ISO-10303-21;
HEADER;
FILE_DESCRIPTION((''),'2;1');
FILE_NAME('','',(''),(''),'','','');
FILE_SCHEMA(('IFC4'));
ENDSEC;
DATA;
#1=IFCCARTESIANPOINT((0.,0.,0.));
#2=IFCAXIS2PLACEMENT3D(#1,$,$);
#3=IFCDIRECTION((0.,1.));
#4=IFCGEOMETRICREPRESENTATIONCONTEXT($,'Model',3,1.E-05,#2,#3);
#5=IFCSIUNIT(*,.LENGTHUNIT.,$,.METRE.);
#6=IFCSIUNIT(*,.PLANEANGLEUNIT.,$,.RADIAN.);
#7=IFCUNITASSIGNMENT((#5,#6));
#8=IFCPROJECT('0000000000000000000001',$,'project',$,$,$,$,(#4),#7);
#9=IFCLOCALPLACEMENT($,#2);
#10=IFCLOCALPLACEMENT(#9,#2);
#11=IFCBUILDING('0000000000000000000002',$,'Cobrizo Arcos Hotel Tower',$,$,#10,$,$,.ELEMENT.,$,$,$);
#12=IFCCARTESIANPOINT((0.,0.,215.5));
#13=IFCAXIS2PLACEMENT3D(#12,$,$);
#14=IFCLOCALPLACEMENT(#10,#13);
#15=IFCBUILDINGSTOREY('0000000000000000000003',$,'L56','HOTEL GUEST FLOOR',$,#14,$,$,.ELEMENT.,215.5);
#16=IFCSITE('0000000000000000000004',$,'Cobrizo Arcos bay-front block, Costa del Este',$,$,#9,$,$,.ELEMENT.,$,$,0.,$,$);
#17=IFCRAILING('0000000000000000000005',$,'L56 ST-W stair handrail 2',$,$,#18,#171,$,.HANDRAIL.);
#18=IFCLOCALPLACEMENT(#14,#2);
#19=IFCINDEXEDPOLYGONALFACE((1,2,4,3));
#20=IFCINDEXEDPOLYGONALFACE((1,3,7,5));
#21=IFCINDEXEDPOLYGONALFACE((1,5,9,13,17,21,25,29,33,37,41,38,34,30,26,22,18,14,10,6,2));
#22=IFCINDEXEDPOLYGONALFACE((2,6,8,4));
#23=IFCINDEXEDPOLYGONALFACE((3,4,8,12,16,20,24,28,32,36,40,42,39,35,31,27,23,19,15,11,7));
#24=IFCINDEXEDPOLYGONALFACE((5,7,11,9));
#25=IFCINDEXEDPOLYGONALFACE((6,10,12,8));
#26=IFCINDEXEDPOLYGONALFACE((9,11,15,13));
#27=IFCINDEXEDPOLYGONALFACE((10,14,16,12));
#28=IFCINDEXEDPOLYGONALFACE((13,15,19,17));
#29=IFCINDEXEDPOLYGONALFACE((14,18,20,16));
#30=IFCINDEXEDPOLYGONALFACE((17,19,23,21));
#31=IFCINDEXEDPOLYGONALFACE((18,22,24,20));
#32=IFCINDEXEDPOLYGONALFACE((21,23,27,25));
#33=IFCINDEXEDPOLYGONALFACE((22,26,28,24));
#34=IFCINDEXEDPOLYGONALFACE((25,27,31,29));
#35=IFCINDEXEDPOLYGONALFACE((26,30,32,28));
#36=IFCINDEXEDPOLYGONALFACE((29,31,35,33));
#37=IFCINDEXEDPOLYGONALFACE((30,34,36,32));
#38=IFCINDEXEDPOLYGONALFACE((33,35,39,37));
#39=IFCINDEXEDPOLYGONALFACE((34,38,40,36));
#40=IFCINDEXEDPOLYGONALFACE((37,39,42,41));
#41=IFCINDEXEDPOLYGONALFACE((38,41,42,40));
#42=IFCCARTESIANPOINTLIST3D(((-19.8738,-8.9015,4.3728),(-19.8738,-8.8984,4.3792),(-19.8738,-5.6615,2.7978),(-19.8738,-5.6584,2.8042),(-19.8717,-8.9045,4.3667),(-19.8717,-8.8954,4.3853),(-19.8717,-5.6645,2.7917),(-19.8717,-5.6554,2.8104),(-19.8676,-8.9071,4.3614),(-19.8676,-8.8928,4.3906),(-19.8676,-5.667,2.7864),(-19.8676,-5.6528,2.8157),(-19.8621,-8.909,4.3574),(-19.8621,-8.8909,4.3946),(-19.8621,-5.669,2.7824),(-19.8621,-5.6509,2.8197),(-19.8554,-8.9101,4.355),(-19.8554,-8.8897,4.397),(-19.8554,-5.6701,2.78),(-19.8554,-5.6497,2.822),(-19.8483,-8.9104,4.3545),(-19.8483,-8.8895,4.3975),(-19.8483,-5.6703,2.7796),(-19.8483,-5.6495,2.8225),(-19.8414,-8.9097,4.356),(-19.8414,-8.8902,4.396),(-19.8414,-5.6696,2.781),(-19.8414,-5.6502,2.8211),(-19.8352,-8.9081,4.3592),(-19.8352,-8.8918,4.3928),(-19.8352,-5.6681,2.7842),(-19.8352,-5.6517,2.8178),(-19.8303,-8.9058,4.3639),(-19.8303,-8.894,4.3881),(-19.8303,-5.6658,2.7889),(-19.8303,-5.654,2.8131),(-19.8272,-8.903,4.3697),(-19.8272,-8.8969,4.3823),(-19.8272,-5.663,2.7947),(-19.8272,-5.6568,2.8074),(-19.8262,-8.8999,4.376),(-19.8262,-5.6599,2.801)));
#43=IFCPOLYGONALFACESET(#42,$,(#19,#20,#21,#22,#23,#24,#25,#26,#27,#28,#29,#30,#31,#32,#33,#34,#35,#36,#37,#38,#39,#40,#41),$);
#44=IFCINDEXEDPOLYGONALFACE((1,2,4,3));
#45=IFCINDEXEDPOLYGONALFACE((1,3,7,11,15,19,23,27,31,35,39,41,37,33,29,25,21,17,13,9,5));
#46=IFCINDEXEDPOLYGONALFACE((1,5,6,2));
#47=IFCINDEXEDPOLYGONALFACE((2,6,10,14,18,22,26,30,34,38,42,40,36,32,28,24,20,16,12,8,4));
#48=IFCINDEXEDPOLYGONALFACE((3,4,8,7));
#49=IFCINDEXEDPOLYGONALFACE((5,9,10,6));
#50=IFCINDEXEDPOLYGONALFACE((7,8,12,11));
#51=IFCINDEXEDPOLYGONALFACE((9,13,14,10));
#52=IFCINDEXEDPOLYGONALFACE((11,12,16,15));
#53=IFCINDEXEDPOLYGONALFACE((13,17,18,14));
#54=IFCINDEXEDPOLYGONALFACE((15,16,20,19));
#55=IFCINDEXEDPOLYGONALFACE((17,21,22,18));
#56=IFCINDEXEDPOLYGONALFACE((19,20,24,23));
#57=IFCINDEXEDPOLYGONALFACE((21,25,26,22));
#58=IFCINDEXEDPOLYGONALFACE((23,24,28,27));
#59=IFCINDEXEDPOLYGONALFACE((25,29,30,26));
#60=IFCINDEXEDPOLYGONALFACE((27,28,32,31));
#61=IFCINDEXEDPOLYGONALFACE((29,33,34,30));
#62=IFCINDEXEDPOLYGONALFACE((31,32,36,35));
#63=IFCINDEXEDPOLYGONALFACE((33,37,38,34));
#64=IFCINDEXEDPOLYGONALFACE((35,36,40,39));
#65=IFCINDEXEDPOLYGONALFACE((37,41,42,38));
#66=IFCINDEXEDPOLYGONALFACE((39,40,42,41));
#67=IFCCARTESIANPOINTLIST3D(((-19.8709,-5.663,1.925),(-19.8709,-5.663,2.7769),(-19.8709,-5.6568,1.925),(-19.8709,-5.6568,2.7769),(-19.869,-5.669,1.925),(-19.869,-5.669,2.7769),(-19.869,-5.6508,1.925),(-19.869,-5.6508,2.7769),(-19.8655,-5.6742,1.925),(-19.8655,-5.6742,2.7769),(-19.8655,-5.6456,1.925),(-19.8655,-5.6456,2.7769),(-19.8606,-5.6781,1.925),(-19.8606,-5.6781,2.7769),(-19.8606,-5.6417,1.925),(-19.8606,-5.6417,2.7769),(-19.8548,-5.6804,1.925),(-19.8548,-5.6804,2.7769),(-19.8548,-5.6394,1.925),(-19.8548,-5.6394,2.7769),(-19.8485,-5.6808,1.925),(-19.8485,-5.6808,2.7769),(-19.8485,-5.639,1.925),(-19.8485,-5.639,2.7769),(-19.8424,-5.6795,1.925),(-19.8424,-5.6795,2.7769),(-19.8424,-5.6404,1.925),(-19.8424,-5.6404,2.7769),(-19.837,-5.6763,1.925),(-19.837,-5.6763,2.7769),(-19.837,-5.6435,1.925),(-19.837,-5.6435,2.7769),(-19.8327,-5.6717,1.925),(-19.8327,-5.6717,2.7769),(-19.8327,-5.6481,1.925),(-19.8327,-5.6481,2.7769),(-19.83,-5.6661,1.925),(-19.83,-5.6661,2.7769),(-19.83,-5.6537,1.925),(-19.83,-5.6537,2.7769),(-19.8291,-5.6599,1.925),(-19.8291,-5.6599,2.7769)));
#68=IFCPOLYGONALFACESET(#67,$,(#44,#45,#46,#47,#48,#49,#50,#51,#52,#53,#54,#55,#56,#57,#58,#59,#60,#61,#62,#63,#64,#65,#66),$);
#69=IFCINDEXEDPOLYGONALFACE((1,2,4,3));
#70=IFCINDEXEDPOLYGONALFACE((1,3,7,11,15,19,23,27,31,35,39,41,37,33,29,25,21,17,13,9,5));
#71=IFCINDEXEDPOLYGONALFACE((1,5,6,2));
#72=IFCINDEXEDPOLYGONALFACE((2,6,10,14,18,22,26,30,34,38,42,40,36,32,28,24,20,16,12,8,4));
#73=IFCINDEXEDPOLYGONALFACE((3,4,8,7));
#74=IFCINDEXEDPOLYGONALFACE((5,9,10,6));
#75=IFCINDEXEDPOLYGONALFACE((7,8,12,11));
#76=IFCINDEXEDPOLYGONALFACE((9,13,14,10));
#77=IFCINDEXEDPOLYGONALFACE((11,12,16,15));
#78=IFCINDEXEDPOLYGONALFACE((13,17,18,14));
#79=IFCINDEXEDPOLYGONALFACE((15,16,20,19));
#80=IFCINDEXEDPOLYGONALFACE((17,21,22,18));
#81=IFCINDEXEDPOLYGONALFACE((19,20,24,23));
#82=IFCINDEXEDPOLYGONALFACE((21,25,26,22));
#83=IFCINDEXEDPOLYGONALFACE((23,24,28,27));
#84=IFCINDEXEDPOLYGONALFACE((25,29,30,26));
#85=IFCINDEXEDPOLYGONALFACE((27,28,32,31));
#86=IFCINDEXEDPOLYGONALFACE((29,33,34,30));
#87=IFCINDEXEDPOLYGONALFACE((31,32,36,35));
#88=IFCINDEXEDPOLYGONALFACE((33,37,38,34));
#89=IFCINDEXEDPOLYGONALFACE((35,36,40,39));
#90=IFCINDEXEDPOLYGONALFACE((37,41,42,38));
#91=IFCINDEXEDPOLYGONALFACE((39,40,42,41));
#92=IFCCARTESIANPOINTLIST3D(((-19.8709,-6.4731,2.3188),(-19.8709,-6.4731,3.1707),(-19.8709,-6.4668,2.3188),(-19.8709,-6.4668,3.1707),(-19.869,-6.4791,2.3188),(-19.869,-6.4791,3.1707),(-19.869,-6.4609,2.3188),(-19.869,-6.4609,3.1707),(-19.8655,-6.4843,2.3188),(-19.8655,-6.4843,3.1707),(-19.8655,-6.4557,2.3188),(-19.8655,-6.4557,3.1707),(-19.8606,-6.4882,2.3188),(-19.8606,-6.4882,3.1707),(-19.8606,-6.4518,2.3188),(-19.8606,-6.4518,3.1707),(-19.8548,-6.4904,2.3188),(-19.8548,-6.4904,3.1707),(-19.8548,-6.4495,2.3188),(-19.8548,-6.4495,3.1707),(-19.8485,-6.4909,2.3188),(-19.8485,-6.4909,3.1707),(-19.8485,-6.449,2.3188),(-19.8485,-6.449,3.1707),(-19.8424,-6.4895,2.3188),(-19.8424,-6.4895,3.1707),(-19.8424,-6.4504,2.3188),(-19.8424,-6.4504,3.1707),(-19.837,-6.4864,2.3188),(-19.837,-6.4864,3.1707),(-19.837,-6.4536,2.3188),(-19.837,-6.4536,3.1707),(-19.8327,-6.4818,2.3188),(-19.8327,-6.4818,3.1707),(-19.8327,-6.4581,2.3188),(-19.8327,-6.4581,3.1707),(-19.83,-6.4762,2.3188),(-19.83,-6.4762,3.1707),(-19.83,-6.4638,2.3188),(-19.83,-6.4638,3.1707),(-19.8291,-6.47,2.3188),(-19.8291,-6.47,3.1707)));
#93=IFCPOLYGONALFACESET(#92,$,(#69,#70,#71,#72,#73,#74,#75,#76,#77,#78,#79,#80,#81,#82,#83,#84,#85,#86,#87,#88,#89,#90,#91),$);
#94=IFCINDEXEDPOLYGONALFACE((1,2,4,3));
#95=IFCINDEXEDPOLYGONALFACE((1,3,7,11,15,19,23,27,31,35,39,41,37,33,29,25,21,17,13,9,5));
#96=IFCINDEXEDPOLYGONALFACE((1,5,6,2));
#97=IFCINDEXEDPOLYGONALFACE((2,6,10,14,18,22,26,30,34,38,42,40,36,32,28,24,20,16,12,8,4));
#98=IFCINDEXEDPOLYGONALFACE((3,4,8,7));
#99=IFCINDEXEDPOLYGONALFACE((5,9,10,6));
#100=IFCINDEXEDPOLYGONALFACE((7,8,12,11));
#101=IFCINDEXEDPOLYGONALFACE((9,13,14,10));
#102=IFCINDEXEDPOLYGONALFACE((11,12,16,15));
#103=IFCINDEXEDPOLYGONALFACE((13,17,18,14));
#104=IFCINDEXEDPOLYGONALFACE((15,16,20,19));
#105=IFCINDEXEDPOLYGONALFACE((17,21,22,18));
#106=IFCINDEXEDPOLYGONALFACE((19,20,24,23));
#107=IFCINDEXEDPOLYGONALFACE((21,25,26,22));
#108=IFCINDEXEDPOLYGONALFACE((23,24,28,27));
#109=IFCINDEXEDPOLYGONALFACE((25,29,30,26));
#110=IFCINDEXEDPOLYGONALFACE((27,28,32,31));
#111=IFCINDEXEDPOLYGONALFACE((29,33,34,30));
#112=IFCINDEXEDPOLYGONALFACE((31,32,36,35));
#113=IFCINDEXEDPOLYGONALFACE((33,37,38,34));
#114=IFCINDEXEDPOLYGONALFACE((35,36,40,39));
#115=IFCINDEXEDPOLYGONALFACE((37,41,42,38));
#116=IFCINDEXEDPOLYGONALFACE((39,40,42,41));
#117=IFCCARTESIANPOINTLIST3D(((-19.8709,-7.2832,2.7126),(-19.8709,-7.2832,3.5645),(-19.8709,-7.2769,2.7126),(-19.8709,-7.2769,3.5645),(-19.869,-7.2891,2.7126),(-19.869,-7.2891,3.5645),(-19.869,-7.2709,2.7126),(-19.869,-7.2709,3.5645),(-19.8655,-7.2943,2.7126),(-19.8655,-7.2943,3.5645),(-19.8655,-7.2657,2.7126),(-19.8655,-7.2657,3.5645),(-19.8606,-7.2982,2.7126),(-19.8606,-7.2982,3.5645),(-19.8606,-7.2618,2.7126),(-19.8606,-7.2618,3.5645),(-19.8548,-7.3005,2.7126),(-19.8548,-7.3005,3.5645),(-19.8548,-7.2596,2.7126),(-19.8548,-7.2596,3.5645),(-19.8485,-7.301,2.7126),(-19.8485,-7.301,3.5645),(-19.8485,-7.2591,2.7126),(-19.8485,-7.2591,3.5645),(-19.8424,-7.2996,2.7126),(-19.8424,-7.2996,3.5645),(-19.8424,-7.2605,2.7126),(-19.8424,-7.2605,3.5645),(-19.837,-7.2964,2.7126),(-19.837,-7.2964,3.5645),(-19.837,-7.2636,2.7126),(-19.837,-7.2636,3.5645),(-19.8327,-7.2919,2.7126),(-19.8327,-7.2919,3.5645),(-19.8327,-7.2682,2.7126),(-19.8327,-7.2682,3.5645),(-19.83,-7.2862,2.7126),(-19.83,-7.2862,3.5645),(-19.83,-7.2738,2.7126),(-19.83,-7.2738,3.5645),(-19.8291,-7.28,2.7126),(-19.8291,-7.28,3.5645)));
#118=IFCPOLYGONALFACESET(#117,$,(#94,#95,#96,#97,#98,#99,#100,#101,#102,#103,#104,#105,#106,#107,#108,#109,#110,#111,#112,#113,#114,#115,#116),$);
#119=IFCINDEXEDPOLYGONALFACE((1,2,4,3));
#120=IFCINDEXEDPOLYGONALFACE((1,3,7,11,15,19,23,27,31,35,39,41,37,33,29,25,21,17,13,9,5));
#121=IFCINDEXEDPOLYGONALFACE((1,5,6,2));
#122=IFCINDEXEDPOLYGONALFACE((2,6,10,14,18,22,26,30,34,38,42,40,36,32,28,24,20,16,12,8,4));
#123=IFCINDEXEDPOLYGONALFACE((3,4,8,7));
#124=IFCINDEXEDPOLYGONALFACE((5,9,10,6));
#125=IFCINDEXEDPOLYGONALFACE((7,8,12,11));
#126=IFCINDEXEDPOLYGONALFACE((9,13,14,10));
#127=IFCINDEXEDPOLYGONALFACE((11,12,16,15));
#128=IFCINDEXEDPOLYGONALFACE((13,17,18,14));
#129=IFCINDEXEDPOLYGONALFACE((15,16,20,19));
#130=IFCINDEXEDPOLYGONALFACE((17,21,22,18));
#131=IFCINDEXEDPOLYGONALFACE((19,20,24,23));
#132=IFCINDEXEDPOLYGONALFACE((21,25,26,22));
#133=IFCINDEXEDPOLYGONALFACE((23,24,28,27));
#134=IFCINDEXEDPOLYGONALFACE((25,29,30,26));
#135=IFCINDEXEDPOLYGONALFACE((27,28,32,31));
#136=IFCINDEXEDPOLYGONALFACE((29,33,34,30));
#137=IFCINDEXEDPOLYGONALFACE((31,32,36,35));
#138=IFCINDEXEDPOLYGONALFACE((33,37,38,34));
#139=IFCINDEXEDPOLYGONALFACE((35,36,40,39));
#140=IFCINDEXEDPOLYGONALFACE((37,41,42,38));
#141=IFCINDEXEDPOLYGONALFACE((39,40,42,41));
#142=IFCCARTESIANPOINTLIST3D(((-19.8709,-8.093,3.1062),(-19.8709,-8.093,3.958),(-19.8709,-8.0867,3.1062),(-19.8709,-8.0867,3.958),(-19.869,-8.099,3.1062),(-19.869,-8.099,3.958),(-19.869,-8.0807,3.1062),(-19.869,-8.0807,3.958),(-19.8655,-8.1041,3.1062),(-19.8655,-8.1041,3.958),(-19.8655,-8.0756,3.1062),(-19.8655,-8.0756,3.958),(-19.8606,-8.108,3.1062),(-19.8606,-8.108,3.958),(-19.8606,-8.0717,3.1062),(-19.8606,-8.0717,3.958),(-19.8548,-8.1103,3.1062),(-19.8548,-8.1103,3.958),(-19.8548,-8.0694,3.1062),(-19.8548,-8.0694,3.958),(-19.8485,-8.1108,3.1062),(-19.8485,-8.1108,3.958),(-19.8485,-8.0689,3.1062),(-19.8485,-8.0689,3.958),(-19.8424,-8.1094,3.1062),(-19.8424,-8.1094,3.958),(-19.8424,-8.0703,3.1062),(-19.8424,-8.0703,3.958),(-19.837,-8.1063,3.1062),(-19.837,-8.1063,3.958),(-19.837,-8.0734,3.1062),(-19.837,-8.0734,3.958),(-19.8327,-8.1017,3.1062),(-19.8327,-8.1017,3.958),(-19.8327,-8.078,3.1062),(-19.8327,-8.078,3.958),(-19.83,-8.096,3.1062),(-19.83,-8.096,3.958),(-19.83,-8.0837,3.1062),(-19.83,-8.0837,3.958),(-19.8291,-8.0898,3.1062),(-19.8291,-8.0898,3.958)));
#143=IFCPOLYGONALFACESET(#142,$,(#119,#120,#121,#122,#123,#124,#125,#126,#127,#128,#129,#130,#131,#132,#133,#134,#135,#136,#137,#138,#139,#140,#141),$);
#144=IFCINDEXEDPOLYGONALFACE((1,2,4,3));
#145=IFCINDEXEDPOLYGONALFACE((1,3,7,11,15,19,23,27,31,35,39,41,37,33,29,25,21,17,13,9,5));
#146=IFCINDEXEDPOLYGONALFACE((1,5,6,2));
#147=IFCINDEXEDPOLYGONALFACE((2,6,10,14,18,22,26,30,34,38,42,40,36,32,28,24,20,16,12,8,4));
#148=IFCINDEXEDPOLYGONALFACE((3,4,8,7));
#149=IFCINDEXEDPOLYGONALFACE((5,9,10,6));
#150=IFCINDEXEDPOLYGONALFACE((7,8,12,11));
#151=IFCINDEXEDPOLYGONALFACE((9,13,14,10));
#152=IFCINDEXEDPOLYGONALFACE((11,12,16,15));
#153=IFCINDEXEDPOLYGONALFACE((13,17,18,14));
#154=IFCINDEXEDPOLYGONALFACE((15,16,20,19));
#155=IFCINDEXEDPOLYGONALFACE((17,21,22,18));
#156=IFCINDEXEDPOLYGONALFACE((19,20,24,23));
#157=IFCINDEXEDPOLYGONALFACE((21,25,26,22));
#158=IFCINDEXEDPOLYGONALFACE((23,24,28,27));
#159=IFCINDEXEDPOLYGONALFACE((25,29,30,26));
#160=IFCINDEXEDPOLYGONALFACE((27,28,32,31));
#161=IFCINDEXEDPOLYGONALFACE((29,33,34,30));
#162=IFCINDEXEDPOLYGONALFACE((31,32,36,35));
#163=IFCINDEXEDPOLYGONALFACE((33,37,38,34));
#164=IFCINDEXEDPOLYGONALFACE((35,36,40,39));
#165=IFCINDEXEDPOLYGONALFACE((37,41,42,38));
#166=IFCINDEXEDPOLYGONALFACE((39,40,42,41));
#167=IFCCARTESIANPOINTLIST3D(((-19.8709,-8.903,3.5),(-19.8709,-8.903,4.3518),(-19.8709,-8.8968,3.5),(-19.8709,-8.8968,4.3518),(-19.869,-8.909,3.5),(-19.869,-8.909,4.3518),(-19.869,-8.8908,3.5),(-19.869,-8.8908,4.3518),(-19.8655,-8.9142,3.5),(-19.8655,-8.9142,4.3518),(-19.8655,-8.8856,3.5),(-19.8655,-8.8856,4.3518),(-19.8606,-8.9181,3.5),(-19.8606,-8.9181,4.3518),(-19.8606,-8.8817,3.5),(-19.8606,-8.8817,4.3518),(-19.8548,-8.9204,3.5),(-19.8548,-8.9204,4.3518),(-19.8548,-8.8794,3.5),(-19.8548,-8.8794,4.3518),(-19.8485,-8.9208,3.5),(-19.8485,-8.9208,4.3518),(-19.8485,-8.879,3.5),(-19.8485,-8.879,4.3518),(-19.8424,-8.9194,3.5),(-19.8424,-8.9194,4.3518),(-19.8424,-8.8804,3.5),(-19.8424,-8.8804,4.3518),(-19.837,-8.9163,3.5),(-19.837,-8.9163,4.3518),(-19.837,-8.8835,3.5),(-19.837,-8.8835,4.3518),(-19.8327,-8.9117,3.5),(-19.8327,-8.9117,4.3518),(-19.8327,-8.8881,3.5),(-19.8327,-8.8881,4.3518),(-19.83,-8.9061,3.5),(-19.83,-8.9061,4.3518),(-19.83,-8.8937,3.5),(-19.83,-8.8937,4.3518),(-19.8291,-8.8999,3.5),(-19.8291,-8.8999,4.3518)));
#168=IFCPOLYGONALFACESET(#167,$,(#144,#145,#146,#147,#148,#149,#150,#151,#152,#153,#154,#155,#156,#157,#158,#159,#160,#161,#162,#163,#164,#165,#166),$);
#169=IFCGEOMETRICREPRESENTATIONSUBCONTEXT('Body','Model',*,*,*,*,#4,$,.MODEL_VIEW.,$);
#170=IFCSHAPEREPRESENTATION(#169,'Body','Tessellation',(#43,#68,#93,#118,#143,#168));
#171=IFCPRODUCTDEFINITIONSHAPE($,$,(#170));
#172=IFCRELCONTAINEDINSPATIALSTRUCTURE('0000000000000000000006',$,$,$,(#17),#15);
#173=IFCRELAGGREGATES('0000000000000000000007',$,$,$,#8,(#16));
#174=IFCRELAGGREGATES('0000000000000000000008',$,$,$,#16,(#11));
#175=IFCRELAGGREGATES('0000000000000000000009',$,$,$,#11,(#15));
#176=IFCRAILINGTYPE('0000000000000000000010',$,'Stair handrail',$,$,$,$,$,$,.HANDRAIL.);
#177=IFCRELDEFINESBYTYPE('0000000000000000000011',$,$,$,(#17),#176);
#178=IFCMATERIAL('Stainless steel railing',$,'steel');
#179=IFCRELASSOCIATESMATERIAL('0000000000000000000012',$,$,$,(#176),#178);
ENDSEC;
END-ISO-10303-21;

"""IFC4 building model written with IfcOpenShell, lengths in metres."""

from ifc_helpers import new_model, si_unit, direction, frame, origin, origin_2d, place, context, subcontext, project, spatial, circle, extrude, material, type_object, element, save


model = new_model("IFC4")

# Units and contexts
model_context = context("Model", 3, precision=1e-05, world=origin(), true_north=direction((0.0, 1.0)))
body_context = subcontext(model_context, "Body", "Model", "MODEL_VIEW")
ifc_project = project(units=[si_unit("LENGTHUNIT", "METRE"), si_unit("PLANEANGLEUNIT", "RADIAN")], contexts=[model_context])

# Site, building, storey
site_placement = place(None, origin())
site = spatial("IfcSite", under=ifc_project, at=site_placement, Name="Cobrizo Arcos bay-front block, Costa del Este", CompositionType="ELEMENT", RefElevation=0.0)
building_placement = place(site_placement, origin())
building = spatial("IfcBuilding", under=site, at=building_placement, Name="Cobrizo Arcos Hotel Tower", CompositionType="ELEMENT")
storey_placement = place(building_placement, frame((0.0, 0.0, 215.5)))
storey = spatial("IfcBuildingStorey", under=building, at=storey_placement, Name="L56", Description="HOTEL GUEST FLOOR", CompositionType="ELEMENT", Elevation=215.5)

# Railing
ifc_material_1 = material(Name="Stainless steel railing", Category="steel")
railing_type_1 = type_object("IfcRailingType", Name="Stair handrail", PredefinedType="HANDRAIL", material=ifc_material_1)
railing_1_placement = place(storey_placement, frame((-19.8501, -5.6599, 1.925)))
element("IfcRailing", 1, at=railing_1_placement, inside=storey, type_object=railing_type_1, Name="L56 ST-W stair handrail 2", PredefinedType="HANDRAIL", context=body_context, shape_type="SweptSolid", body=[
    extrude(circle(Radius=0.0239, at=origin_2d()), frame((0.0, 0.0, 0.876), z_axis=(0.0, -0.899373, 0.437183), x_axis=(1.0, 0.0, 0.0)), (0.0, 0.0, 1.0), 3.6025),
    extrude(circle(Radius=0.021, at=origin_2d()), origin(), (0.0, 0.0, 1.0), 0.8518),
    extrude(circle(Radius=0.021, at=origin_2d()), frame((0.0, -0.8101, 0.3938)), (0.0, 0.0, 1.0), 0.8518),
    extrude(circle(Radius=0.021, at=origin_2d()), frame((0.0, -1.6201, 0.7876)), (0.0, 0.0, 1.0), 0.8518),
    extrude(circle(Radius=0.021, at=origin_2d()), frame((0.0, -2.4299, 1.1812)), (0.0, 0.0, 1.0), 0.8518),
    extrude(circle(Radius=0.021, at=origin_2d()), frame((0.0, -3.24, 1.575)), (0.0, 0.0, 1.0), 0.8518),
])

save(model, "model.ifc")
